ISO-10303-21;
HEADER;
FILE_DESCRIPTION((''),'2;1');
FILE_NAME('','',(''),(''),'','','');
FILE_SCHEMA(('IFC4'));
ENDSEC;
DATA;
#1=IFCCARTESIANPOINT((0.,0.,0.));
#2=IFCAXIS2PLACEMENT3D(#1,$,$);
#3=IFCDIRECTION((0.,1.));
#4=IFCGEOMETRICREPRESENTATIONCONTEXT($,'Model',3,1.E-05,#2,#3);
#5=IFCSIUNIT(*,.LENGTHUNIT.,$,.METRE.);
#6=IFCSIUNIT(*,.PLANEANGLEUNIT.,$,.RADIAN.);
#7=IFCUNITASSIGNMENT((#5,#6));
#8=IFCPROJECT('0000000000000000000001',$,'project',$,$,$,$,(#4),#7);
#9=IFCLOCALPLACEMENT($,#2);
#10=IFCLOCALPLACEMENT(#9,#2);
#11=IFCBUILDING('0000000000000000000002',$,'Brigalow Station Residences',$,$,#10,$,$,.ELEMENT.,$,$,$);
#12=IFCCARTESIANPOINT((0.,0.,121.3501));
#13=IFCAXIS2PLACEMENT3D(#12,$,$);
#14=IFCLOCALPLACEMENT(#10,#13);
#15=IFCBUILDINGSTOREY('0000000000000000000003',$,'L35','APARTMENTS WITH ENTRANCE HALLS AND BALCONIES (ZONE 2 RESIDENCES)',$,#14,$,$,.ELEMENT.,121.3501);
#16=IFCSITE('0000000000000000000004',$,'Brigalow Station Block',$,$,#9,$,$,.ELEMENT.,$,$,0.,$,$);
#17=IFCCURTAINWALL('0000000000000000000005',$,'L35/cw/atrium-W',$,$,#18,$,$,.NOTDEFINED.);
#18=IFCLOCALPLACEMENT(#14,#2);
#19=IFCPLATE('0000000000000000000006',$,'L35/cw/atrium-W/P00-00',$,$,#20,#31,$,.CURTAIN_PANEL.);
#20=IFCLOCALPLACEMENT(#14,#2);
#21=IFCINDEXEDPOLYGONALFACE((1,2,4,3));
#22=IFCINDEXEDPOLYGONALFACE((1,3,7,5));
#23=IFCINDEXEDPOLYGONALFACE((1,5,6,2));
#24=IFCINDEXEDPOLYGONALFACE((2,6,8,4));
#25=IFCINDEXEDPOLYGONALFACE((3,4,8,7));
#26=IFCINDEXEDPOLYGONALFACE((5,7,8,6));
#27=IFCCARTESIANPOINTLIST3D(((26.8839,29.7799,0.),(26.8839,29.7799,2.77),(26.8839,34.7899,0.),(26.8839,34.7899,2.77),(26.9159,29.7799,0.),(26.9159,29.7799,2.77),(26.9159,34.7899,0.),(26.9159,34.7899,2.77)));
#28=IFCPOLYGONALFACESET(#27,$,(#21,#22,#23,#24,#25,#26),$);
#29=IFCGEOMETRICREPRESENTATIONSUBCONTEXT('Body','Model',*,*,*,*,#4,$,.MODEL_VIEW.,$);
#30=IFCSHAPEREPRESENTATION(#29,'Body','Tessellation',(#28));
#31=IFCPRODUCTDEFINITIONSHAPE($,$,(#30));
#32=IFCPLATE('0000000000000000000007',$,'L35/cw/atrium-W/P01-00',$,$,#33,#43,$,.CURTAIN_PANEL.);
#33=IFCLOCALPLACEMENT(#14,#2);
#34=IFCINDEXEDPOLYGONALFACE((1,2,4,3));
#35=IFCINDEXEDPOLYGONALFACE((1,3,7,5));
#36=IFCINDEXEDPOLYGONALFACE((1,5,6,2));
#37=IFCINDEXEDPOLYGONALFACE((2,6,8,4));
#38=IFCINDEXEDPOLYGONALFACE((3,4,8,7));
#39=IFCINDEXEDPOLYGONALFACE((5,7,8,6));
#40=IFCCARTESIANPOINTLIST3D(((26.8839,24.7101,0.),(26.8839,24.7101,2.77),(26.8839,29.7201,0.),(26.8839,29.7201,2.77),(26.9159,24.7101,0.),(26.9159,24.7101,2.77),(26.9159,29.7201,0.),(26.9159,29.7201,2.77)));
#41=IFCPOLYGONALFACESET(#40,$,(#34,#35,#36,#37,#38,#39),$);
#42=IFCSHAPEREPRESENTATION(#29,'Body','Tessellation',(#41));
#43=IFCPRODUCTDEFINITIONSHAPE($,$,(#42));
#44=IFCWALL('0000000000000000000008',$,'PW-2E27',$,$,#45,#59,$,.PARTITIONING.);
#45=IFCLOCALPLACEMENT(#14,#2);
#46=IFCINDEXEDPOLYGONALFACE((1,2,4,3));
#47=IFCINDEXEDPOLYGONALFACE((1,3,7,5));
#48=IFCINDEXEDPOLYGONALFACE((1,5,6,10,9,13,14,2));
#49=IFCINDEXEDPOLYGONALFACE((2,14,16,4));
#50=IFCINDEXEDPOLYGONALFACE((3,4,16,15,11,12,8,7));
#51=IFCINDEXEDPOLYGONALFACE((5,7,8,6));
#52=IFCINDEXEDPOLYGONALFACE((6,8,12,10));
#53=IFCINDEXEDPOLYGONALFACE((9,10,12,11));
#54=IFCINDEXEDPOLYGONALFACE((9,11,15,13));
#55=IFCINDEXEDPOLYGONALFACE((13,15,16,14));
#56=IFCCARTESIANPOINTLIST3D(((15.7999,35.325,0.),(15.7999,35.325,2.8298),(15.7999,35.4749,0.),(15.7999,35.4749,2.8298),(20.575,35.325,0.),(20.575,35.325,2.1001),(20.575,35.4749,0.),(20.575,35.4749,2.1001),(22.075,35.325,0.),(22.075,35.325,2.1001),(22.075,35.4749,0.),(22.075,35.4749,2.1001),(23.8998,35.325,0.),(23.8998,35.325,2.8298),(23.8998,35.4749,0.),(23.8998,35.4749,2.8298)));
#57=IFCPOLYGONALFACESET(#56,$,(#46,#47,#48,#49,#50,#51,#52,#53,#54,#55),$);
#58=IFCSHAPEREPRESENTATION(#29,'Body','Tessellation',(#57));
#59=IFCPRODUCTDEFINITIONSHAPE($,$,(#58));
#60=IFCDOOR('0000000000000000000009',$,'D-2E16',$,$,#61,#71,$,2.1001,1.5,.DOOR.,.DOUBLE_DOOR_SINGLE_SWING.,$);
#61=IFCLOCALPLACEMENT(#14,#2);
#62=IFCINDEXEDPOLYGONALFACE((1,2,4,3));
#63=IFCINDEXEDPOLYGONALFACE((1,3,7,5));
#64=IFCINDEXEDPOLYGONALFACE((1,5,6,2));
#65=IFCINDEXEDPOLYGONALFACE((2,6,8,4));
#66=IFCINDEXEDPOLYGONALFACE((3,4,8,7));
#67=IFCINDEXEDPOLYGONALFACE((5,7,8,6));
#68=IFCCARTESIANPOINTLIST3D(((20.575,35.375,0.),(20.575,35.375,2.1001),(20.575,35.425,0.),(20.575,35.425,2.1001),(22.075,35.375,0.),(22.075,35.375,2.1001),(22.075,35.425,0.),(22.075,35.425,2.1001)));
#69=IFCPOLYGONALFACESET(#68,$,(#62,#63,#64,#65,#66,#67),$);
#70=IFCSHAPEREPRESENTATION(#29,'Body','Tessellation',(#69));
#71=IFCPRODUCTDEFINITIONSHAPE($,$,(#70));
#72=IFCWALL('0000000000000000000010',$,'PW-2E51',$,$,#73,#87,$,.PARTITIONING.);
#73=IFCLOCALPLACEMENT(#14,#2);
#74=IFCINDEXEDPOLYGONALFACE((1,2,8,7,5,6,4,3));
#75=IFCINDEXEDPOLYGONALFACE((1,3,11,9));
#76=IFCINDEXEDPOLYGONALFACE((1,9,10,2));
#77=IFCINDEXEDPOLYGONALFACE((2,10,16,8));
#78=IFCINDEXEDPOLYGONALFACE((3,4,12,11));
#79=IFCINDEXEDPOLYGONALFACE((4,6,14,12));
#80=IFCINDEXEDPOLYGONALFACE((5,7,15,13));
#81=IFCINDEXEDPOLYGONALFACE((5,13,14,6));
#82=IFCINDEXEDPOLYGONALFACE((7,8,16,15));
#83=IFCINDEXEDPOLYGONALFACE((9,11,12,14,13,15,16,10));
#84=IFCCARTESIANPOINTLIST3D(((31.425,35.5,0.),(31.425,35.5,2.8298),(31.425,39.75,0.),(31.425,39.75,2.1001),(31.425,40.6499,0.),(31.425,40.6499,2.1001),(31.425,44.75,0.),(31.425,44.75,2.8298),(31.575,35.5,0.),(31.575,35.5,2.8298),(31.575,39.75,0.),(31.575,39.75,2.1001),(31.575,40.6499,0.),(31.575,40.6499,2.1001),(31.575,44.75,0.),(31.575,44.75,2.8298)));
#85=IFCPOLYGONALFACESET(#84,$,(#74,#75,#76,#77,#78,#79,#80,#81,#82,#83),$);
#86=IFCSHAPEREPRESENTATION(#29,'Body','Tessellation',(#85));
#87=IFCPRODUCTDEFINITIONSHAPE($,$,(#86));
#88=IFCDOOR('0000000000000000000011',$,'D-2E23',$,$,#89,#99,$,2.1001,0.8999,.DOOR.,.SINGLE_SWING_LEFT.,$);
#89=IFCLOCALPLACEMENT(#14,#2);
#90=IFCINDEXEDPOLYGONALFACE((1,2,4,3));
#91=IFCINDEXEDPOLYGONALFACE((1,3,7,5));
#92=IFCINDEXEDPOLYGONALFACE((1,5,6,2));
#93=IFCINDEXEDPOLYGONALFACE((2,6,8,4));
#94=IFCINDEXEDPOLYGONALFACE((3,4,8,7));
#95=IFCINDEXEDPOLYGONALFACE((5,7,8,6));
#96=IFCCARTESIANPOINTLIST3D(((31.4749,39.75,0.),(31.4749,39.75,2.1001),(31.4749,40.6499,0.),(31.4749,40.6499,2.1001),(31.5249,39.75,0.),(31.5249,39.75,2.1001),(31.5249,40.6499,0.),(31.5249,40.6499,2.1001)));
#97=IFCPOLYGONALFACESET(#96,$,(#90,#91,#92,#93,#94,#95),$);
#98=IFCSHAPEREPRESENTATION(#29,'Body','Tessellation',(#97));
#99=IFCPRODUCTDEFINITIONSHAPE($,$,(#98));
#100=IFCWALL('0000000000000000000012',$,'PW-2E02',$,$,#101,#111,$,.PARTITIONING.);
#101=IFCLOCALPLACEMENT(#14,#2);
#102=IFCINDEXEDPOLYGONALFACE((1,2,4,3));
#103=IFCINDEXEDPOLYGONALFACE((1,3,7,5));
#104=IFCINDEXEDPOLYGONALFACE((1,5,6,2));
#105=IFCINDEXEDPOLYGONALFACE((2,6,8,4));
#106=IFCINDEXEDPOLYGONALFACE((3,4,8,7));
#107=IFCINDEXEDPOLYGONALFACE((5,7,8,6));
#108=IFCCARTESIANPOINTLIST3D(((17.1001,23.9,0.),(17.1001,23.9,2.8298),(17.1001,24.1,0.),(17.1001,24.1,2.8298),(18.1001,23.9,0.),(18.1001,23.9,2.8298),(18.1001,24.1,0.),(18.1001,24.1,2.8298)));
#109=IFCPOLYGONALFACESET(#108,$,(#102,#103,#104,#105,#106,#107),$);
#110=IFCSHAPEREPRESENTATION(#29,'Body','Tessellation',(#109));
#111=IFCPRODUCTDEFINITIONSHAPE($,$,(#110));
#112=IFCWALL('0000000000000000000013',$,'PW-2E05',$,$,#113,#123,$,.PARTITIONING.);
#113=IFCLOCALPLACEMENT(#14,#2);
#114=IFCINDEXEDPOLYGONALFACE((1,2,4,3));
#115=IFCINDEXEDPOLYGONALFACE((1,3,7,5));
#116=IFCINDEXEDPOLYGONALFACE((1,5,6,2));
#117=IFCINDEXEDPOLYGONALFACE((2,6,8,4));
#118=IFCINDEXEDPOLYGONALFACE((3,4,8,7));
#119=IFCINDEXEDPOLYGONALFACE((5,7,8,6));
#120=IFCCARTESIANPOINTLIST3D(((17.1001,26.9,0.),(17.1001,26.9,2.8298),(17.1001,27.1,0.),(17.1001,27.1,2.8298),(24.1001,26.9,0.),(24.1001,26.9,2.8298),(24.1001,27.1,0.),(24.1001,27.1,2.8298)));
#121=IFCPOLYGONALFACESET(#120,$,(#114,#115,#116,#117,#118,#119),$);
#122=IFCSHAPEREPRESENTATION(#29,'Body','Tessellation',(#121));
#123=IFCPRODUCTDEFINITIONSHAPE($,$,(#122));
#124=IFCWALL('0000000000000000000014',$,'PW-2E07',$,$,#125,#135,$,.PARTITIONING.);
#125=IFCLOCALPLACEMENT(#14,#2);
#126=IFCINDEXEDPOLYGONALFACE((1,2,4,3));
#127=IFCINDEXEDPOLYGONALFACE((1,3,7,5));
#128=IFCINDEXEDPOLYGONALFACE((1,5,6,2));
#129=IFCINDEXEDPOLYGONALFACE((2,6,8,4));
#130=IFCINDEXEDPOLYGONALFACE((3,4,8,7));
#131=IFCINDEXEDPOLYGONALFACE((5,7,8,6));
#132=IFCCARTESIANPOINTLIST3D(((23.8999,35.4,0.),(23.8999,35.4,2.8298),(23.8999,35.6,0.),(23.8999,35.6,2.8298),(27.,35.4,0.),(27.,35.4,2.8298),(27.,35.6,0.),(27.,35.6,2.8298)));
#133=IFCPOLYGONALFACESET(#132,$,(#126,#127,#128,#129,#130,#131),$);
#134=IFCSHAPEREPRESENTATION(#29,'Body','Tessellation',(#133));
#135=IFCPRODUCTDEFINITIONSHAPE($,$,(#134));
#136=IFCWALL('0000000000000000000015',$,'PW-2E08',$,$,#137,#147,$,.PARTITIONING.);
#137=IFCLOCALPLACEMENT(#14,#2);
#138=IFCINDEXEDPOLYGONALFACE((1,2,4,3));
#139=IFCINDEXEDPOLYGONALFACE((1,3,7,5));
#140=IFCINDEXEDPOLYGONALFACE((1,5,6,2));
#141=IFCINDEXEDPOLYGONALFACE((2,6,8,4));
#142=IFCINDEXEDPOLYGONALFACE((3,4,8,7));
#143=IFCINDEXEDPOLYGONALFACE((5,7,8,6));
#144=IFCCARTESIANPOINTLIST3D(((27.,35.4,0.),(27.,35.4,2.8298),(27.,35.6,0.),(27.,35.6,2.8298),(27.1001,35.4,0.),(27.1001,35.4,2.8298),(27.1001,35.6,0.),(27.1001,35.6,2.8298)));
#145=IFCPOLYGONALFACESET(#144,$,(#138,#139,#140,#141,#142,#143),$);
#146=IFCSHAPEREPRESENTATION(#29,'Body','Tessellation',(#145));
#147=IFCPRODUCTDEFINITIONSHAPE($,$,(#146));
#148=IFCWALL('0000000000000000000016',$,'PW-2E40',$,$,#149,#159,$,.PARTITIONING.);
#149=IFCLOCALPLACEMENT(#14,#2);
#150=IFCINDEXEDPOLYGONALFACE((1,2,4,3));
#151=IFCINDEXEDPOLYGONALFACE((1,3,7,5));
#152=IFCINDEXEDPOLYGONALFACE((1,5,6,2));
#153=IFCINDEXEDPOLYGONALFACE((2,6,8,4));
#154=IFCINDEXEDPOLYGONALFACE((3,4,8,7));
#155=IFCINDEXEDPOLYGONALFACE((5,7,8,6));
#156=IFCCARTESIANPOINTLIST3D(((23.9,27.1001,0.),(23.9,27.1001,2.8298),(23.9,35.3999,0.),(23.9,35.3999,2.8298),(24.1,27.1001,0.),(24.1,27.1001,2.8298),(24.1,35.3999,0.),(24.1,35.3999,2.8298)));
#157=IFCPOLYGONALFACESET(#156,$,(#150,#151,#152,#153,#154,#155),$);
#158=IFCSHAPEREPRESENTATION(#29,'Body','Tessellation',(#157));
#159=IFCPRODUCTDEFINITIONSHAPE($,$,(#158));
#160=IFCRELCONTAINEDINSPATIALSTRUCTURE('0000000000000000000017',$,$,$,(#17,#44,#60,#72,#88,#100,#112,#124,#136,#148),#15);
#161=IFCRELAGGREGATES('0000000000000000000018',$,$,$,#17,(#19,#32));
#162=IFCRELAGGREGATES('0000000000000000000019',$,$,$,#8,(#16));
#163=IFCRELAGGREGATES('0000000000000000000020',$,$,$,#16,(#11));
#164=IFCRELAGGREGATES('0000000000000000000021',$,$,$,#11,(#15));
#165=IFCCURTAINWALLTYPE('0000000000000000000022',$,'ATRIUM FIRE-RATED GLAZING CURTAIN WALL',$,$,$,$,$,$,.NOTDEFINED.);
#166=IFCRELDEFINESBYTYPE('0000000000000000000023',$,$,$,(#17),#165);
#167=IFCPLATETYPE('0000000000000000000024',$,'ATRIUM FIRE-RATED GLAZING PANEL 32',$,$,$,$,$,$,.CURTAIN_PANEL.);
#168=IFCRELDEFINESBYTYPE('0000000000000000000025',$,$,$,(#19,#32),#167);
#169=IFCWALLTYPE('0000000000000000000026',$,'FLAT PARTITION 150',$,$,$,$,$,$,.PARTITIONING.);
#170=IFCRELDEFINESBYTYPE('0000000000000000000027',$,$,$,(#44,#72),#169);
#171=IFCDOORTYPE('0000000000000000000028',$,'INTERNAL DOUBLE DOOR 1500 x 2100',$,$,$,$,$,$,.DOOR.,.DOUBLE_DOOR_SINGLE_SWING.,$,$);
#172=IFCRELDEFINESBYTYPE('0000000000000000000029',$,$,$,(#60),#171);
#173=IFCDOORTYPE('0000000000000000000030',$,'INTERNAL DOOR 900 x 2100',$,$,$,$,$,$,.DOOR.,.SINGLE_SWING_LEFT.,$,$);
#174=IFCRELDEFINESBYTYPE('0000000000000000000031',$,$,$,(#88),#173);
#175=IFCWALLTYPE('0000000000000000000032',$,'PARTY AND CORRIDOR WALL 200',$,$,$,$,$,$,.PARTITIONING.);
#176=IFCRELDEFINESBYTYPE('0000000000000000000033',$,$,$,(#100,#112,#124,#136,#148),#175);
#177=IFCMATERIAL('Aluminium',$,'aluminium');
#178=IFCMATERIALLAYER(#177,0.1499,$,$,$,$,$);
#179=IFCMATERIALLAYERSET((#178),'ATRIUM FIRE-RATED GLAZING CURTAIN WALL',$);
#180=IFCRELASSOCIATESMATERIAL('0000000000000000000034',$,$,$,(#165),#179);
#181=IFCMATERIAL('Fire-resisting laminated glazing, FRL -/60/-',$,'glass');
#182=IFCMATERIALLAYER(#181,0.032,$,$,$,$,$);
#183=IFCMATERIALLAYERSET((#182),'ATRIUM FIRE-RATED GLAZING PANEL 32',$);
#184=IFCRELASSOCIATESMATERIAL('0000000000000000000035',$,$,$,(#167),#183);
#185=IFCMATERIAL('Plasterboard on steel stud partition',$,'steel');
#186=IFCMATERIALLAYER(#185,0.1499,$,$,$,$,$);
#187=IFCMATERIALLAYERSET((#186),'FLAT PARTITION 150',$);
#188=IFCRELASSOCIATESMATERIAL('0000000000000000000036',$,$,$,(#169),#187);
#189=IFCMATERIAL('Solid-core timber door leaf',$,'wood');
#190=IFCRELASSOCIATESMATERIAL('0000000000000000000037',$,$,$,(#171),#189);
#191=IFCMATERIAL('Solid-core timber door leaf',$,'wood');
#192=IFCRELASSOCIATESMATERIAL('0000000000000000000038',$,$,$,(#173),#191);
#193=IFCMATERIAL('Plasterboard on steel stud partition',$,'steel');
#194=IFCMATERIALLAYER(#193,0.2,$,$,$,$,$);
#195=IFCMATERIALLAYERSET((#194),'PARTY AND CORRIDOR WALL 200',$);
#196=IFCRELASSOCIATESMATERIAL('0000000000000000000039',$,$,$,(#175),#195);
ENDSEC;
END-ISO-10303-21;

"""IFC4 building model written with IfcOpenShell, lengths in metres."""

from ifc_helpers import new_model, si_unit, direction, frame, frame_2d, origin, origin_2d, place, context, subcontext, project, spatial, rectangle, extrude, material, layer, layer_set, type_object, element, fill, aggregate, save


model = new_model("IFC4")

# Units and contexts
model_context = context("Model", 3, precision=1e-05, world=origin(), true_north=direction((0.0, 1.0)))
body_context = subcontext(model_context, "Body", "Model", "MODEL_VIEW")
ifc_project = project(units=[si_unit("LENGTHUNIT", "METRE"), si_unit("PLANEANGLEUNIT", "RADIAN")], contexts=[model_context])

# Site, building, storey
site_placement = place(None, origin())
site = spatial("IfcSite", under=ifc_project, at=site_placement, Name="Brigalow Station Block", CompositionType="ELEMENT", RefElevation=0.0)
building_placement = place(site_placement, origin())
building = spatial("IfcBuilding", under=site, at=building_placement, Name="Brigalow Station Residences", CompositionType="ELEMENT")
storey_placement = place(building_placement, frame((0.0, 0.0, 121.3501)))
storey = spatial("IfcBuildingStorey", under=building, at=storey_placement, Name="L35", Description="APARTMENTS WITH ENTRANCE HALLS AND BALCONIES (ZONE 2 RESIDENCES)", CompositionType="ELEMENT", Elevation=121.3501)

# Shared definitions
ifc_material_1 = material(Name="Aluminium", Category="aluminium")
ifc_layer_1 = layer(ifc_material_1, 0.1499)
ifc_layer_set_1 = layer_set([ifc_layer_1], Name="ATRIUM FIRE-RATED GLAZING CURTAIN WALL")
curtain_wall_type = type_object("IfcCurtainWallType", Name="ATRIUM FIRE-RATED GLAZING CURTAIN WALL", PredefinedType="NOTDEFINED", material=ifc_layer_set_1)

# Curtain wall
curtain_wall_1_placement = place(storey_placement, origin())
curtain_wall_1 = element("IfcCurtainWall", 1, at=curtain_wall_1_placement, inside=storey, type_object=curtain_wall_type, Name="L35/cw/atrium-W", PredefinedType="NOTDEFINED")

# Plates
ifc_material_2 = material(Name="Fire-resisting laminated glazing, FRL -/60/-", Category="glass")
ifc_layer_2 = layer(ifc_material_2, 0.032)
ifc_layer_set_2 = layer_set([ifc_layer_2], Name="ATRIUM FIRE-RATED GLAZING PANEL 32")
plate_type = type_object("IfcPlateType", Name="ATRIUM FIRE-RATED GLAZING PANEL 32", PredefinedType="CURTAIN_PANEL", material=ifc_layer_set_2)
plate_1_placement = place(storey_placement, frame((26.8999, 32.2849, 0.0), z_axis=(0.0, 0.0, 1.0), x_axis=(0.0, -1.0, 0.0)))
plate_1 = element("IfcPlate", 2, at=plate_1_placement, type_object=plate_type, Name="L35/cw/atrium-W/P00-00", PredefinedType="CURTAIN_PANEL", context=body_context, shape_type="SweptSolid", body=[
    extrude(rectangle(XDim=5.01, YDim=0.032, at=origin_2d()), origin(), (0.0, 0.0, 1.0), 2.77),
])
plate_2_placement = place(storey_placement, frame((26.8999, 27.2151, 0.0), z_axis=(0.0, 0.0, 1.0), x_axis=(0.0, -1.0, 0.0)))
plate_2 = element("IfcPlate", 3, at=plate_2_placement, type_object=plate_type, Name="L35/cw/atrium-W/P01-00", PredefinedType="CURTAIN_PANEL", context=body_context, shape_type="SweptSolid", body=[
    extrude(rectangle(XDim=5.01, YDim=0.032, at=origin_2d()), origin(), (0.0, 0.0, 1.0), 2.77),
])
aggregate(curtain_wall_1, [plate_1, plate_2])

# Walls, openings, doors
ifc_material_3 = material(Name="Plasterboard on steel stud partition", Category="steel")
ifc_layer_3 = layer(ifc_material_3, 0.1499)
ifc_layer_set_3 = layer_set([ifc_layer_3], Name="FLAT PARTITION 150")
wall_type_1 = type_object("IfcWallType", Name="FLAT PARTITION 150", PredefinedType="PARTITIONING", material=ifc_layer_set_3)
wall_1_placement = place(storey_placement, frame((15.8, 35.3999, 0.0), z_axis=(0.0, 0.0, 1.0), x_axis=(1.0, 0.0, 0.0)))
wall_1 = element("IfcWall", 4, at=wall_1_placement, inside=storey, type_object=wall_type_1, Name="PW-2E27", PredefinedType="PARTITIONING", context=body_context, shape_type="SweptSolid", body=[
    extrude(rectangle(XDim=8.0999, YDim=0.1499, at=frame_2d((4.0498, 0.0))), origin(), (0.0, 0.0, 1.0), 2.8298),
])
opening_1_placement = place(wall_1_placement, frame((4.7749, 0.0, 0.0)))
opening_1 = element("IfcOpeningElement", 5, at=opening_1_placement, cuts=wall_1, PredefinedType="OPENING", context=body_context, shape_type="SweptSolid", body=[
    extrude(rectangle(XDim=1.5, YDim=2.1001, at=frame_2d((0.75, 1.05))), frame((0.0, 0.085, 0.0), z_axis=(0.0, -1.0, 0.0), x_axis=(1.0, 0.0, 0.0)), (0.0, 0.0, 1.0), 0.1699),
])
ifc_material_4 = material(Name="Solid-core timber door leaf", Category="wood")
door_type_1 = type_object("IfcDoorType", Name="INTERNAL DOUBLE DOOR 1500 x 2100", OperationType="DOUBLE_DOOR_SINGLE_SWING", PredefinedType="DOOR", material=ifc_material_4)
door_1_placement = place(opening_1_placement, frame((1.5, 0.0, 0.0), z_axis=(0.0, 0.0, 1.0), x_axis=(-1.0, 0.0, 0.0)))
door_1 = element("IfcDoor", 6, at=door_1_placement, inside=storey, type_object=door_type_1, Name="D-2E16", OperationType="DOUBLE_DOOR_SINGLE_SWING", OverallHeight=2.1001, OverallWidth=1.5, PredefinedType="DOOR", context=body_context, shape_type="SweptSolid", body=[
    extrude(rectangle(XDim=1.5, YDim=2.1001, at=frame_2d((0.75, 1.05))), frame((0.0, 0.0249, 0.0), z_axis=(0.0, -1.0, 0.0), x_axis=(1.0, 0.0, 0.0)), (0.0, 0.0, 1.0), 0.05),
])
fill(opening_1, door_1)
wall_2_placement = place(storey_placement, frame((31.5, 35.5, 0.0), z_axis=(0.0, 0.0, 1.0), x_axis=(0.0, 1.0, 0.0)))
wall_2 = element("IfcWall", 7, at=wall_2_placement, inside=storey, type_object=wall_type_1, Name="PW-2E51", PredefinedType="PARTITIONING", context=body_context, shape_type="SweptSolid", body=[
    extrude(rectangle(XDim=9.25, YDim=0.1499, at=frame_2d((4.625, 0.0))), origin(), (0.0, 0.0, 1.0), 2.8298),
])
opening_2_placement = place(wall_2_placement, frame((4.25, 0.0, 0.0)))
opening_2 = element("IfcOpeningElement", 8, at=opening_2_placement, cuts=wall_2, PredefinedType="OPENING", context=body_context, shape_type="SweptSolid", body=[
    extrude(rectangle(XDim=0.8999, YDim=2.1001, at=frame_2d((0.45, 1.05))), frame((0.0, 0.085, 0.0), z_axis=(0.0, -1.0, 0.0), x_axis=(1.0, 0.0, 0.0)), (0.0, 0.0, 1.0), 0.1699),
])
ifc_material_5 = material(Name="Solid-core timber door leaf", Category="wood")
door_type_2 = type_object("IfcDoorType", Name="INTERNAL DOOR 900 x 2100", OperationType="SINGLE_SWING_LEFT", PredefinedType="DOOR", material=ifc_material_5)
door_2_placement = place(opening_2_placement, frame((0.8999, 0.0, 0.0), z_axis=(0.0, 0.0, 1.0), x_axis=(-1.0, 0.0, 0.0)))
door_2 = element("IfcDoor", 9, at=door_2_placement, inside=storey, type_object=door_type_2, Name="D-2E23", OperationType="SINGLE_SWING_LEFT", OverallHeight=2.1001, OverallWidth=0.8999, PredefinedType="DOOR", context=body_context, shape_type="SweptSolid", body=[
    extrude(rectangle(XDim=0.8999, YDim=2.1001, at=frame_2d((0.45, 1.05))), frame((0.0, 0.0249, 0.0), z_axis=(0.0, -1.0, 0.0), x_axis=(1.0, 0.0, 0.0)), (0.0, 0.0, 1.0), 0.05),
])
fill(opening_2, door_2)

# Walls
ifc_material_6 = material(Name="Plasterboard on steel stud partition", Category="steel")
ifc_layer_4 = layer(ifc_material_6, 0.2)
ifc_layer_set_4 = layer_set([ifc_layer_4], Name="PARTY AND CORRIDOR WALL 200")
wall_type_2 = type_object("IfcWallType", Name="PARTY AND CORRIDOR WALL 200", PredefinedType="PARTITIONING", material=ifc_layer_set_4)
wall_3_placement = place(storey_placement, frame((17.1001, 24.0, 0.0), z_axis=(0.0, 0.0, 1.0), x_axis=(1.0, 0.0, 0.0)))
element("IfcWall", 10, at=wall_3_placement, inside=storey, type_object=wall_type_2, Name="PW-2E02", PredefinedType="PARTITIONING", context=body_context, shape_type="SweptSolid", body=[
    extrude(rectangle(XDim=1.0, YDim=0.2, at=frame_2d((0.5, 0.0))), origin(), (0.0, 0.0, 1.0), 2.8298),
])
wall_4_placement = place(storey_placement, frame((17.1001, 27.0, 0.0), z_axis=(0.0, 0.0, 1.0), x_axis=(1.0, 0.0, 0.0)))
element("IfcWall", 11, at=wall_4_placement, inside=storey, type_object=wall_type_2, Name="PW-2E05", PredefinedType="PARTITIONING", context=body_context, shape_type="SweptSolid", body=[
    extrude(rectangle(XDim=7.0, YDim=0.2, at=frame_2d((3.5, 0.0))), origin(), (0.0, 0.0, 1.0), 2.8298),
])
wall_5_placement = place(storey_placement, frame((23.8999, 35.5, 0.0), z_axis=(0.0, 0.0, 1.0), x_axis=(1.0, 0.0, 0.0)))
element("IfcWall", 12, at=wall_5_placement, inside=storey, type_object=wall_type_2, Name="PW-2E07", PredefinedType="PARTITIONING", context=body_context, shape_type="SweptSolid", body=[
    extrude(rectangle(XDim=3.1001, YDim=0.2, at=frame_2d((1.55, 0.0))), origin(), (0.0, 0.0, 1.0), 2.8298),
])
wall_6_placement = place(storey_placement, frame((27.0, 35.5, 0.0), z_axis=(0.0, 0.0, 1.0), x_axis=(1.0, 0.0, 0.0)))
element("IfcWall", 13, at=wall_6_placement, inside=storey, type_object=wall_type_2, Name="PW-2E08", PredefinedType="PARTITIONING", context=body_context, shape_type="SweptSolid", body=[
    extrude(rectangle(XDim=0.1001, YDim=0.2, at=frame_2d((0.05, 0.0))), origin(), (0.0, 0.0, 1.0), 2.8298),
])
wall_7_placement = place(storey_placement, frame((24.0, 27.1001, 0.0), z_axis=(0.0, 0.0, 1.0), x_axis=(0.0, 1.0, 0.0)))
element("IfcWall", 14, at=wall_7_placement, inside=storey, type_object=wall_type_2, Name="PW-2E40", PredefinedType="PARTITIONING", context=body_context, shape_type="SweptSolid", body=[
    extrude(rectangle(XDim=8.2998, YDim=0.2, at=frame_2d((4.1499, 0.0))), origin(), (0.0, 0.0, 1.0), 2.8298),
])

save(model, "model.ifc")
